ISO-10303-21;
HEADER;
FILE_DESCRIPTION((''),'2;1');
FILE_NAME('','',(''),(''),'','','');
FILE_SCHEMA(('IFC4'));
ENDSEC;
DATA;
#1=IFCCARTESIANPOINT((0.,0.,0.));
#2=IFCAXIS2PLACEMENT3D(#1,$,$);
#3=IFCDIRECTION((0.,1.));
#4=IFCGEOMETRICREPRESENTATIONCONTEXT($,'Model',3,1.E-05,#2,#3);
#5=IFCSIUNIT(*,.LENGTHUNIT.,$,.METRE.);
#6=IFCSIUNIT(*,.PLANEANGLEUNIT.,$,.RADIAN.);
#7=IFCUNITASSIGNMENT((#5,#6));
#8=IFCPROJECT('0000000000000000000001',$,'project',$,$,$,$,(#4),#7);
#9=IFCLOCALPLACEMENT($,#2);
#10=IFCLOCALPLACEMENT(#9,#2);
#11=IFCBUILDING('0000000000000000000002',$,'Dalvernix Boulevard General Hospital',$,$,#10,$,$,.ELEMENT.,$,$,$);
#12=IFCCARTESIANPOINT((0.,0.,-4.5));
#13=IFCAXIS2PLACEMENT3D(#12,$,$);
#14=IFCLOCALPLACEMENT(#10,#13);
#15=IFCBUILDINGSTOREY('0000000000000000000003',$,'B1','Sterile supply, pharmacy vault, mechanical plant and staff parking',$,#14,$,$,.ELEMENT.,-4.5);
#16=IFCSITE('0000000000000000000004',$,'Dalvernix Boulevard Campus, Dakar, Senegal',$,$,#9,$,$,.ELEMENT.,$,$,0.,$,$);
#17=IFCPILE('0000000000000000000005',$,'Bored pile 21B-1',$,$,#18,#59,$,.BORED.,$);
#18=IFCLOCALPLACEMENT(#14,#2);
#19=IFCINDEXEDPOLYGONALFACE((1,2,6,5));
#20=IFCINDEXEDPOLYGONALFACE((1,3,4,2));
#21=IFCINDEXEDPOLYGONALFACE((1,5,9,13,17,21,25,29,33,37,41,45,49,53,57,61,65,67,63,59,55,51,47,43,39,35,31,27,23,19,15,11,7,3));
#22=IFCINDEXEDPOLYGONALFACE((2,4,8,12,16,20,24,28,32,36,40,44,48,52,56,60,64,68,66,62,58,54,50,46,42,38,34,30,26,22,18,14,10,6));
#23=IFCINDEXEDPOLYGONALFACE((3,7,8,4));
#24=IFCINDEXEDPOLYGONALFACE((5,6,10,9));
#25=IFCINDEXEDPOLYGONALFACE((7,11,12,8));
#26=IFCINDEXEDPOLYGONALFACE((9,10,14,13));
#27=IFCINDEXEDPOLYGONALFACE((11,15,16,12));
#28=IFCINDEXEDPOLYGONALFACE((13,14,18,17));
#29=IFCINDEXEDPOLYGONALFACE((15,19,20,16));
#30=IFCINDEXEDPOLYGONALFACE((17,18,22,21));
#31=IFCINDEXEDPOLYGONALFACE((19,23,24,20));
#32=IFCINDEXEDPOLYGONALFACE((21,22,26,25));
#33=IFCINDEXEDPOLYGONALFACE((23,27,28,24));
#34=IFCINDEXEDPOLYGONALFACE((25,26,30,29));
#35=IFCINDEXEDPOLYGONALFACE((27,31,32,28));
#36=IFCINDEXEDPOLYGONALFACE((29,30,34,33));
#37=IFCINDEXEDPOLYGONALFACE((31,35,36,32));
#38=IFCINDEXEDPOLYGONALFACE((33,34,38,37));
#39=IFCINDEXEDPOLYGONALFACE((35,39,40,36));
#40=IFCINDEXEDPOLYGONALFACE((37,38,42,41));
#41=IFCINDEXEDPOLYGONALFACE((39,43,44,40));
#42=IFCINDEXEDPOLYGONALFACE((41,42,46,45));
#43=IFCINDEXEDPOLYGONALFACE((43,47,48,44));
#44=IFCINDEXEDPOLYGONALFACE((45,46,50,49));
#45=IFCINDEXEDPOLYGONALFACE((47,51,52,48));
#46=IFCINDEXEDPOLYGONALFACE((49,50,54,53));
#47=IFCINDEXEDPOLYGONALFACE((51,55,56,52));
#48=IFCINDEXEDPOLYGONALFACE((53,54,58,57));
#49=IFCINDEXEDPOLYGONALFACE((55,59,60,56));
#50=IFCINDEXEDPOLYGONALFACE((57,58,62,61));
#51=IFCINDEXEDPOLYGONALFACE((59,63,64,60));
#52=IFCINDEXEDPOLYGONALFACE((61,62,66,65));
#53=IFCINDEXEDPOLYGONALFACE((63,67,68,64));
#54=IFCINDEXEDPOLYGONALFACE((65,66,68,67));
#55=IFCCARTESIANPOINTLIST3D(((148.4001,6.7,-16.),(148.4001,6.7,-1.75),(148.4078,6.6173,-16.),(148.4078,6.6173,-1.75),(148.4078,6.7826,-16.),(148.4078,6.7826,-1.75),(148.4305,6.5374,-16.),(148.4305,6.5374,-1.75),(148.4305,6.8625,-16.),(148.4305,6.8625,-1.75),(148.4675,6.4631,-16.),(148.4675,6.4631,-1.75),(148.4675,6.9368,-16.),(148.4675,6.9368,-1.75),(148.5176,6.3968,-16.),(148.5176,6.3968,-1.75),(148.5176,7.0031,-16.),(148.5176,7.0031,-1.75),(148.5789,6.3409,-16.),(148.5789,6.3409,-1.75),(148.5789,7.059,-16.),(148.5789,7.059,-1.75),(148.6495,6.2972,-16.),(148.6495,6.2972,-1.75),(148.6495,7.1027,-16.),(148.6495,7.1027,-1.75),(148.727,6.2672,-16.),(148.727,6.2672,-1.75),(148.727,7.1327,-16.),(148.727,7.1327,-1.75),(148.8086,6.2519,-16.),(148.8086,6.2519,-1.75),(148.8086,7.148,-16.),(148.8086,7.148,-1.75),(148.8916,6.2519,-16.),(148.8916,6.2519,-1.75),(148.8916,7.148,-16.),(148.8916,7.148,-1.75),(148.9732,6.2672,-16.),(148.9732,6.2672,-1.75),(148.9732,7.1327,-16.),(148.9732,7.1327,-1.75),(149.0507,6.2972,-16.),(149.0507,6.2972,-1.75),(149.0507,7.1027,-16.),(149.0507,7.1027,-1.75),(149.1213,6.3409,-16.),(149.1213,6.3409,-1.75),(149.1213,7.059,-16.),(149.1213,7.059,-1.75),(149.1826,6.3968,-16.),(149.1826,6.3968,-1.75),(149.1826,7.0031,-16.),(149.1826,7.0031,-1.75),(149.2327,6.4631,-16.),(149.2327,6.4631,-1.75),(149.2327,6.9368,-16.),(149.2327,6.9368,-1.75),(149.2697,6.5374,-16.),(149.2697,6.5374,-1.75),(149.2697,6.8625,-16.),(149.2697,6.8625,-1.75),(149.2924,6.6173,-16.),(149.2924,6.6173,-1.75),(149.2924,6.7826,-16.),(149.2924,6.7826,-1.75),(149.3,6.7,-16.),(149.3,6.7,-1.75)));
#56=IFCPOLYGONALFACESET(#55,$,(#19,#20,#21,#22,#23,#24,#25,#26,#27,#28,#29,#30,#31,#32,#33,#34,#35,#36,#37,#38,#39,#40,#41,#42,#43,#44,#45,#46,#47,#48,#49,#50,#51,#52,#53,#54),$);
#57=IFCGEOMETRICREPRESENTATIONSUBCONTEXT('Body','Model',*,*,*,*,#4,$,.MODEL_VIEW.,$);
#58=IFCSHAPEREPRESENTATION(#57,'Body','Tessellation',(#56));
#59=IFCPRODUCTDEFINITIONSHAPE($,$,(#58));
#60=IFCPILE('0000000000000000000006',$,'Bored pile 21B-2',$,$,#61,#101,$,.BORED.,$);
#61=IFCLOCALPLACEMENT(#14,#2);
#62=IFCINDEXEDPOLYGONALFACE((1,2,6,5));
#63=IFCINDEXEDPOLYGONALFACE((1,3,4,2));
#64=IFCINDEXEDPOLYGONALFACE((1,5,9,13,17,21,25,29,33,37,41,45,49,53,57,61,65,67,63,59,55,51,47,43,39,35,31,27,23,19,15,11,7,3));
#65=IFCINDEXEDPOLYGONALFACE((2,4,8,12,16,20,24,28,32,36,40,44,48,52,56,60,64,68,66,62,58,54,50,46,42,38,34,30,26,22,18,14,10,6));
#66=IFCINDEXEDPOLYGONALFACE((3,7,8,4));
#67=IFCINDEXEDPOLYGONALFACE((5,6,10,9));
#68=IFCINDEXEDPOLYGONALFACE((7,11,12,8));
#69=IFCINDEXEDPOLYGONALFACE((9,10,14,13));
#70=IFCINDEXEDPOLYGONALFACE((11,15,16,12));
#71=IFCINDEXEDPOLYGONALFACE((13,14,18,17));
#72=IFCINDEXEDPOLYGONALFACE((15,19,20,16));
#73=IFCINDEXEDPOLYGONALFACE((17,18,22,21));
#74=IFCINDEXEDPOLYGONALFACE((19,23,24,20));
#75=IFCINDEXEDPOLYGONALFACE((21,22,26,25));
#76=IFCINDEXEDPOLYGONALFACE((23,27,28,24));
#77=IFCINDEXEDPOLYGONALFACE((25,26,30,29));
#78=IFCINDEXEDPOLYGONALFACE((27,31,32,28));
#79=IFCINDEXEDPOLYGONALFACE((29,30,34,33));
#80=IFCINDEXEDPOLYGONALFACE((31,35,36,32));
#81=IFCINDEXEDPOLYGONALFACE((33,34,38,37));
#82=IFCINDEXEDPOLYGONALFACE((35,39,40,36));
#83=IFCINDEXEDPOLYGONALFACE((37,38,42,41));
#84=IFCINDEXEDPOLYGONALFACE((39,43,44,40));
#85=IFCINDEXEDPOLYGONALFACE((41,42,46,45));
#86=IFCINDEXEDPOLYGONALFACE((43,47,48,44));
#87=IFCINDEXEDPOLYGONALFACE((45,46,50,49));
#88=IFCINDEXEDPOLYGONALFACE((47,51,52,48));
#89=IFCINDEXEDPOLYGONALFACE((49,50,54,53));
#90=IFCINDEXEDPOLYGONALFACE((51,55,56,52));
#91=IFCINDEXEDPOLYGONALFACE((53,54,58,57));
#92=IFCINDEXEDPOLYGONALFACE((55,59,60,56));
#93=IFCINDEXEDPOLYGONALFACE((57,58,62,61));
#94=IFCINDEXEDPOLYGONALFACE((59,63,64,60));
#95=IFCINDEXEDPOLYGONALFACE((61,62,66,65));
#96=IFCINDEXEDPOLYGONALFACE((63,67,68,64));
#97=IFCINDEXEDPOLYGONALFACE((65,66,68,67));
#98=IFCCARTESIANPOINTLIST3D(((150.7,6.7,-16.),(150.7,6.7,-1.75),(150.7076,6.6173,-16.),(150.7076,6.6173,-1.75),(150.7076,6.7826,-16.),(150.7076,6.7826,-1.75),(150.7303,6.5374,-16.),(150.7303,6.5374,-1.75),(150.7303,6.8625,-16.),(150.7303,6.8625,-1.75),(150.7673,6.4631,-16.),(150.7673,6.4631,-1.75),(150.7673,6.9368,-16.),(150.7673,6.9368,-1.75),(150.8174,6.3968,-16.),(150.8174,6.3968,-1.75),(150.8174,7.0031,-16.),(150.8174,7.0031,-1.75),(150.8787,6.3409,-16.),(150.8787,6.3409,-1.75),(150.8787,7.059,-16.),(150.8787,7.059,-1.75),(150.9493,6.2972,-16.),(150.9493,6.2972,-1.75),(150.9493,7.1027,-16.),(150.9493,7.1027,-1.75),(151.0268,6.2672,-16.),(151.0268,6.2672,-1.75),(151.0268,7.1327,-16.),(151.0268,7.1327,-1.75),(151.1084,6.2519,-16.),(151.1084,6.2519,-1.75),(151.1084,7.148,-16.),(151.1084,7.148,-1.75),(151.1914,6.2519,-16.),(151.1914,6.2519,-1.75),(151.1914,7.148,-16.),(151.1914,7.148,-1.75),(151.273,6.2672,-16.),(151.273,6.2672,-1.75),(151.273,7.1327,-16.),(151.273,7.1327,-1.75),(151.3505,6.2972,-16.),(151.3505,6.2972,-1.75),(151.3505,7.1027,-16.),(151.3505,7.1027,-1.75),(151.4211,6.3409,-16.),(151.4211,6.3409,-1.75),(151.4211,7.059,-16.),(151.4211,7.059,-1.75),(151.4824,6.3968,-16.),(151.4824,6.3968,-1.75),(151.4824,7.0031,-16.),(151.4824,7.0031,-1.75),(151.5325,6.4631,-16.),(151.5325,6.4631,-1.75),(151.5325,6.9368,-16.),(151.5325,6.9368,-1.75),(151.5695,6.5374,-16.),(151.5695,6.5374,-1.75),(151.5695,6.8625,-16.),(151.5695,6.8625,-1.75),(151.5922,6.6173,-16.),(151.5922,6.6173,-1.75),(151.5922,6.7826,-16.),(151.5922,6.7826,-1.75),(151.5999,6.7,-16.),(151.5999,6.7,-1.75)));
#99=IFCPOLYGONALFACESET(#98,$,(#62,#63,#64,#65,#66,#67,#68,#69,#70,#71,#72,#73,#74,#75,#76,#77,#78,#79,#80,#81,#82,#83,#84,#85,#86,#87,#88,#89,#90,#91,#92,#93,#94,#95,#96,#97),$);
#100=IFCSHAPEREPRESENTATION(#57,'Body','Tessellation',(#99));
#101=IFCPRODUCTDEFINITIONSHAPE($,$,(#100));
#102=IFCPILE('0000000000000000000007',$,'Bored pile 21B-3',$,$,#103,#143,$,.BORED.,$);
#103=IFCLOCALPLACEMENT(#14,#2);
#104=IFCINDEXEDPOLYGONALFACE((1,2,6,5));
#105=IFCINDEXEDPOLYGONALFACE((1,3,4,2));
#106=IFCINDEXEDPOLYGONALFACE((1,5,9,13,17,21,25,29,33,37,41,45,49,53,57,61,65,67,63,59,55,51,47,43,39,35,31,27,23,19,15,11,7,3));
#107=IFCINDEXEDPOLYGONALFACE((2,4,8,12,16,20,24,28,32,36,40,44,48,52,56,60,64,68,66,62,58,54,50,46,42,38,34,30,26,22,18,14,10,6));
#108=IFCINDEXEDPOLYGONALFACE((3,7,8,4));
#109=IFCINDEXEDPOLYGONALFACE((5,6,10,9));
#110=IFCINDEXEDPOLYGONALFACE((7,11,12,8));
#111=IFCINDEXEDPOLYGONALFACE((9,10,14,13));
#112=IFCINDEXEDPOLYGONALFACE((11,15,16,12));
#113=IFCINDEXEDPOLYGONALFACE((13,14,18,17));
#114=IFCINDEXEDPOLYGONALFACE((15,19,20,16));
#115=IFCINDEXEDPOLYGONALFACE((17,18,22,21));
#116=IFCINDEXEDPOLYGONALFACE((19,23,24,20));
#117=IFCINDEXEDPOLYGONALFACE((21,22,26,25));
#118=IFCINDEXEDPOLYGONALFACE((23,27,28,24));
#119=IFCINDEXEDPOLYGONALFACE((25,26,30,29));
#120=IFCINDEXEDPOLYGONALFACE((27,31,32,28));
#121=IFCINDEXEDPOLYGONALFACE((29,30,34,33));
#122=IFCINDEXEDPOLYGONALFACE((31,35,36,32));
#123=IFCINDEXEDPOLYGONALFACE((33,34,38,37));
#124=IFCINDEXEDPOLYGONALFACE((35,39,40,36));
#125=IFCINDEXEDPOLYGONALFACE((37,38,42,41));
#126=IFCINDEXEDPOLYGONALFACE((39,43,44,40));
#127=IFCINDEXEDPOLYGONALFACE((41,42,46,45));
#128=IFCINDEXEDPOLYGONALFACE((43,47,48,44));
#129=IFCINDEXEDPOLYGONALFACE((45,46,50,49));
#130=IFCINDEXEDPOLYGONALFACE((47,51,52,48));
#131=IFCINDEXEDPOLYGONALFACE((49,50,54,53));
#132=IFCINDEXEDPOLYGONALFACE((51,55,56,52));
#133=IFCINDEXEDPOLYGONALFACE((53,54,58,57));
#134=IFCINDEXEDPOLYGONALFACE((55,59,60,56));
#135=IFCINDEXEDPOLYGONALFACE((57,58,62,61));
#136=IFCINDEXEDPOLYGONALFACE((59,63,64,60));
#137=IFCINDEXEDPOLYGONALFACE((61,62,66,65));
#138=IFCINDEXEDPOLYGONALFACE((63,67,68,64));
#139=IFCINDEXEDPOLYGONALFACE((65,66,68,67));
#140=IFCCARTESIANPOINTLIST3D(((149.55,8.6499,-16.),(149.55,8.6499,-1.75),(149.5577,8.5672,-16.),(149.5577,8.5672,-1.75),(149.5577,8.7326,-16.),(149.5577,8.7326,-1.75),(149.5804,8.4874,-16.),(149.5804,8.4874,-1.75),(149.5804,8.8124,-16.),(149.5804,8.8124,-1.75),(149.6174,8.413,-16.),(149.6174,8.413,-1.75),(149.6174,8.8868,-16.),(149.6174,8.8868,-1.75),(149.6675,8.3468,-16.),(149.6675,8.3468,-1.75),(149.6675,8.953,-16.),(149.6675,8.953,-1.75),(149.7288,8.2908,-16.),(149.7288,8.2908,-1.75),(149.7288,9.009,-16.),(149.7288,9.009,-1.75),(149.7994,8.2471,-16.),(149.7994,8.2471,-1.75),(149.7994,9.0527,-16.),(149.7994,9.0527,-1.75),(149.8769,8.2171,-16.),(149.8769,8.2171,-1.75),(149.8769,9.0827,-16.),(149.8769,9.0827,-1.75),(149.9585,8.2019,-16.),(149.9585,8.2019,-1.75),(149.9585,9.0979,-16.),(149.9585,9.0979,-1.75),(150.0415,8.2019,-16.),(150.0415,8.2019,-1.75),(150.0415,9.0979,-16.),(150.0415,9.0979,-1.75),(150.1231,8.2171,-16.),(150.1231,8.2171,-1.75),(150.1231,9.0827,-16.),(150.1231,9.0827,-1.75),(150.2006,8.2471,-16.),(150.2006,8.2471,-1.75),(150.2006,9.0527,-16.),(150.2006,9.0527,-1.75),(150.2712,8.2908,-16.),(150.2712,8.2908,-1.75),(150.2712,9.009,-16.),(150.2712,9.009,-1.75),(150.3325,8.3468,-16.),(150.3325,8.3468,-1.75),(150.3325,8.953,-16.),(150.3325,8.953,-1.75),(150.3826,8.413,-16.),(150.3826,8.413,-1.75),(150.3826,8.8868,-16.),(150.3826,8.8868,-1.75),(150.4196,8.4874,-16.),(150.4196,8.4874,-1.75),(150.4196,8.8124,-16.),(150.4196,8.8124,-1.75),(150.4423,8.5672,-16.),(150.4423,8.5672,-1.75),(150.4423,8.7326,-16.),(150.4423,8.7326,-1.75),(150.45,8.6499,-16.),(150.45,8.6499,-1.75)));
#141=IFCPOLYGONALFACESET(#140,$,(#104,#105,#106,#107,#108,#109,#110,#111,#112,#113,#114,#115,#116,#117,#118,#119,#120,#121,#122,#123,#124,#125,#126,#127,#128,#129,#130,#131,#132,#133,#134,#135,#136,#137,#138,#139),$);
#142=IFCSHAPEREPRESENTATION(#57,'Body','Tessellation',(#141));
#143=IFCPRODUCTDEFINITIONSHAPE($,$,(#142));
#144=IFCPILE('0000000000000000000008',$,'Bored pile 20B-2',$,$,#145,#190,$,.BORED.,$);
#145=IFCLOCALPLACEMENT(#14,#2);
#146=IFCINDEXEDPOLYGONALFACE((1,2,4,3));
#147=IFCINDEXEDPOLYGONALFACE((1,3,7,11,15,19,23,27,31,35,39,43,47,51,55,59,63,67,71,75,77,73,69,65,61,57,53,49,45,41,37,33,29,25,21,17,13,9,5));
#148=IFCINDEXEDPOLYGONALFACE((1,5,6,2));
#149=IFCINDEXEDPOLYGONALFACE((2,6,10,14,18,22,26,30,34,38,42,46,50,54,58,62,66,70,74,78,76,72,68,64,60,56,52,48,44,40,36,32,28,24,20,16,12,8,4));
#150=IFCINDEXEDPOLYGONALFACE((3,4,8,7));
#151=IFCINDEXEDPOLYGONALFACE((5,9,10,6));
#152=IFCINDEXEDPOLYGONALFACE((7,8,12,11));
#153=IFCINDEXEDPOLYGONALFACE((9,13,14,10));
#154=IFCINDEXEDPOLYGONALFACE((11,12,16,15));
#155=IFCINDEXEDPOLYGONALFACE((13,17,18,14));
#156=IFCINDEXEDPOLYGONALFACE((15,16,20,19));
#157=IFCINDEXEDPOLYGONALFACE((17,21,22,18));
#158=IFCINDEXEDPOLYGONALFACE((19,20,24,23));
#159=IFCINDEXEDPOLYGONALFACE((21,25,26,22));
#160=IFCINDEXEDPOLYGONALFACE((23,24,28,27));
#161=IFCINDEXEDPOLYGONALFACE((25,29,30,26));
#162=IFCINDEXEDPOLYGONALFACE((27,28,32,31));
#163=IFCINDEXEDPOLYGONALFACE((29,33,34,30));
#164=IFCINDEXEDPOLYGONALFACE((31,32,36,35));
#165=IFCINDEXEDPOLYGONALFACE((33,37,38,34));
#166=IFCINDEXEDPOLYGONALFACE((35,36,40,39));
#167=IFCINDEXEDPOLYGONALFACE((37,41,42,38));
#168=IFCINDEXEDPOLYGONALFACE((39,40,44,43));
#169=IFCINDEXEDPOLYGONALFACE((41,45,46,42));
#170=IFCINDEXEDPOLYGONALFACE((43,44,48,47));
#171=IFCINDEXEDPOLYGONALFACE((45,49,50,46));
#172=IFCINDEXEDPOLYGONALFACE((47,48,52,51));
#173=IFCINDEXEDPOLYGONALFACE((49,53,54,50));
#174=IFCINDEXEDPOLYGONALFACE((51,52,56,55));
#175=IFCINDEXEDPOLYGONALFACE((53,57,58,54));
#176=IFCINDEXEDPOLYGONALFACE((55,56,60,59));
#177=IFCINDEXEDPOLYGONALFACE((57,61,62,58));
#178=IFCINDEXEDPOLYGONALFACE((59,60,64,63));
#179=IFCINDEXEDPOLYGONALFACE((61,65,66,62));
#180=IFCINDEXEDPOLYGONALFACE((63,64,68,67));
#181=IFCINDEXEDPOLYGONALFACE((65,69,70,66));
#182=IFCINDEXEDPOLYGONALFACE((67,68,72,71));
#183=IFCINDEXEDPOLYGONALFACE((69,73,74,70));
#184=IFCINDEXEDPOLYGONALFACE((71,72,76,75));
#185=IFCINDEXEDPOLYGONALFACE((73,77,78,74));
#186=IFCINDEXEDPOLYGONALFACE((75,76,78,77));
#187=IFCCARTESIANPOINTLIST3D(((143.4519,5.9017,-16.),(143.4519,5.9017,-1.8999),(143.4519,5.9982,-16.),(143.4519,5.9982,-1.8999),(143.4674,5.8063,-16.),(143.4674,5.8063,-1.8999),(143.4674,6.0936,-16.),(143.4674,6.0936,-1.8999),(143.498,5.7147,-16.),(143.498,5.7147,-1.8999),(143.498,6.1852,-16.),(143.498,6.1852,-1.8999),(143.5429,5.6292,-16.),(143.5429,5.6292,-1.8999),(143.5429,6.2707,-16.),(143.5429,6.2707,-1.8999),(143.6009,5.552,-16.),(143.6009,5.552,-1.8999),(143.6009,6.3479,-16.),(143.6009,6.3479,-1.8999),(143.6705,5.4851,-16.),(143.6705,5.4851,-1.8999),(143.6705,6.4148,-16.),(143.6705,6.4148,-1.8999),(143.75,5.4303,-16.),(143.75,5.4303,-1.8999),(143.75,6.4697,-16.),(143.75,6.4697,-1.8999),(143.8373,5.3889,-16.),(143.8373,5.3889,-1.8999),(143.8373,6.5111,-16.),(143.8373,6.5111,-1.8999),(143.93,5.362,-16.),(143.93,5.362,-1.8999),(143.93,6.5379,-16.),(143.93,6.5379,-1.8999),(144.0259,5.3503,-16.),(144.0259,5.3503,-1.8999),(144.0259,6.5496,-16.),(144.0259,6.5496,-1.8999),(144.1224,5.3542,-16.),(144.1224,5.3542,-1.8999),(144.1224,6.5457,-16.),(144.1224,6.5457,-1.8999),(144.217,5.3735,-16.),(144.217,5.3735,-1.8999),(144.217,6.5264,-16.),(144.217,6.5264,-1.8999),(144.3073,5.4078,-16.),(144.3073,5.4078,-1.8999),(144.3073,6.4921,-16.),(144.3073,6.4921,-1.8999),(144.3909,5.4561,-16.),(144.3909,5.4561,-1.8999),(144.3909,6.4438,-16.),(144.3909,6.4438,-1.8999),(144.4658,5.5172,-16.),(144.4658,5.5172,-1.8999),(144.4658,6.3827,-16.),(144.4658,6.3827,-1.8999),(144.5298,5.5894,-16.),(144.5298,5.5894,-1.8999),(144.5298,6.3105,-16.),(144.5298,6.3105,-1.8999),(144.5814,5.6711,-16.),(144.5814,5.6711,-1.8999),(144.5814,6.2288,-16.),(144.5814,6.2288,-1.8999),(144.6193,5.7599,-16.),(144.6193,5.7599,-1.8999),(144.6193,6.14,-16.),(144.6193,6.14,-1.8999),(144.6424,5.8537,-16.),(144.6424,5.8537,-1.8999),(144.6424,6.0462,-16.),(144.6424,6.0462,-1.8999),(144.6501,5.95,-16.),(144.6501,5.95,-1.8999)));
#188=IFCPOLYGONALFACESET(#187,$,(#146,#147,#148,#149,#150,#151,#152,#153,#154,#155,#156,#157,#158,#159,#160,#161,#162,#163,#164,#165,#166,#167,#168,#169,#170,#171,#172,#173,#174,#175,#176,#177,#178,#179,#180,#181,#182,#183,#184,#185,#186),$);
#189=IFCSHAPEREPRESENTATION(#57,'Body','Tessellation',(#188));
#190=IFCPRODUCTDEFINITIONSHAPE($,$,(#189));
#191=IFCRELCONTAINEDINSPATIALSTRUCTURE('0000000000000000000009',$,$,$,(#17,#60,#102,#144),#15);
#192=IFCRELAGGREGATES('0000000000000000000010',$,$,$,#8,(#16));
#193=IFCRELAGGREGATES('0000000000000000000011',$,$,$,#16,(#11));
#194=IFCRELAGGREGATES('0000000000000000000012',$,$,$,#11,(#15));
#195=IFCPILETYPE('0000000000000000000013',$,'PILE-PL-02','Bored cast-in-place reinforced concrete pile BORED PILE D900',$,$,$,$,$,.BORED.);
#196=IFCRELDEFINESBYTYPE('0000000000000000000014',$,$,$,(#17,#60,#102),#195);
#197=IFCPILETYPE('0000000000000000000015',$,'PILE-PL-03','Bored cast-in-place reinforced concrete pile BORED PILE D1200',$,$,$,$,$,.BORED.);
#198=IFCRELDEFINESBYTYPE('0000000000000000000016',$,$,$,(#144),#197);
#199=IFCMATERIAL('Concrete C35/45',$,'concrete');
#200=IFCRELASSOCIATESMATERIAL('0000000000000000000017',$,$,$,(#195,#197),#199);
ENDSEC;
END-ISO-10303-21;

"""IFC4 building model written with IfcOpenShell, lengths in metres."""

from ifc_helpers import new_model, si_unit, direction, frame, origin, origin_2d, place, context, subcontext, project, spatial, circle, extrude, material, material_profile, profile_set, type_object, element, save


model = new_model("IFC4")

# Units and contexts
model_context = context("Model", 3, precision=1e-05, world=origin(), true_north=direction((0.0, 1.0)))
body_context = subcontext(model_context, "Body", "Model", "MODEL_VIEW")
ifc_project = project(units=[si_unit("LENGTHUNIT", "METRE"), si_unit("PLANEANGLEUNIT", "RADIAN")], contexts=[model_context])

# Site, building, storey
site_placement = place(None, origin())
site = spatial("IfcSite", under=ifc_project, at=site_placement, Name="Dalvernix Boulevard Campus, Dakar, Senegal", CompositionType="ELEMENT", RefElevation=0.0)
building_placement = place(site_placement, origin())
building = spatial("IfcBuilding", under=site, at=building_placement, Name="Dalvernix Boulevard General Hospital", CompositionType="ELEMENT")
storey_placement = place(building_placement, frame((0.0, 0.0, -4.5)))
storey = spatial("IfcBuildingStorey", under=building, at=storey_placement, Name="B1", Description="Sterile supply, pharmacy vault, mechanical plant and staff parking", CompositionType="ELEMENT", Elevation=-4.5)

# Shared definitions
ifc_material_1 = material(Name="Concrete C35/45", Category="concrete")

# Piles
ifc_material_profile_1 = material_profile(ifc_material_1, circle(Radius=0.45, at=origin_2d()), Name="BORED PILE D900")
ifc_profile_set_1 = profile_set([ifc_material_profile_1], Name="Concrete C35/45")
pile_type_1 = type_object("IfcPileType", Name="PILE-PL-02", Description="Bored cast-in-place reinforced concrete pile BORED PILE D900", PredefinedType="BORED", material=ifc_profile_set_1)
for number, where, z_axis, x_axis, name in (
    (1, (148.8501, 6.7, -1.75), (0.0, 0.0, -1.0), (1.0, 0.0, 0.0), "Bored pile 21B-1"),
    (2, (151.1499, 6.7, -1.75), (0.0, 0.0, -1.0), (1.0, 0.0, 0.0), "Bored pile 21B-2"),
    (3, (150.0, 8.6499, -1.75), (0.0, 0.0, -1.0), (1.0, 0.0, 0.0), "Bored pile 21B-3"),
):
    element("IfcPile", number, at=place(storey_placement, frame(where, z_axis=z_axis, x_axis=x_axis)), inside=storey, type_object=pile_type_1, Name=name, PredefinedType="BORED", context=body_context, shape_type="SweptSolid", body=[
        extrude(circle(Radius=0.45, at=origin_2d()), origin(), (0.0, 0.0, 1.0), 14.25),
    ])
ifc_material_profile_2 = material_profile(ifc_material_1, circle(Radius=0.6001, at=origin_2d()), Name="BORED PILE D1200")
ifc_profile_set_2 = profile_set([ifc_material_profile_2], Name="Concrete C35/45")
pile_type_2 = type_object("IfcPileType", Name="PILE-PL-03", Description="Bored cast-in-place reinforced concrete pile BORED PILE D1200", PredefinedType="BORED", material=ifc_profile_set_2)
for number, where, z_axis, x_axis, name in (
    (4, (144.05, 5.95, -1.8999), (0.0, 0.0, -1.0), (1.0, 0.0, 0.0), "Bored pile 20B-2"),
):
    element("IfcPile", number, at=place(storey_placement, frame(where, z_axis=z_axis, x_axis=x_axis)), inside=storey, type_object=pile_type_2, Name=name, PredefinedType="BORED", context=body_context, shape_type="SweptSolid", body=[
        extrude(circle(Radius=0.6001, at=origin_2d()), origin(), (0.0, 0.0, 1.0), 14.1001),
    ])

save(model, "model.ifc")
